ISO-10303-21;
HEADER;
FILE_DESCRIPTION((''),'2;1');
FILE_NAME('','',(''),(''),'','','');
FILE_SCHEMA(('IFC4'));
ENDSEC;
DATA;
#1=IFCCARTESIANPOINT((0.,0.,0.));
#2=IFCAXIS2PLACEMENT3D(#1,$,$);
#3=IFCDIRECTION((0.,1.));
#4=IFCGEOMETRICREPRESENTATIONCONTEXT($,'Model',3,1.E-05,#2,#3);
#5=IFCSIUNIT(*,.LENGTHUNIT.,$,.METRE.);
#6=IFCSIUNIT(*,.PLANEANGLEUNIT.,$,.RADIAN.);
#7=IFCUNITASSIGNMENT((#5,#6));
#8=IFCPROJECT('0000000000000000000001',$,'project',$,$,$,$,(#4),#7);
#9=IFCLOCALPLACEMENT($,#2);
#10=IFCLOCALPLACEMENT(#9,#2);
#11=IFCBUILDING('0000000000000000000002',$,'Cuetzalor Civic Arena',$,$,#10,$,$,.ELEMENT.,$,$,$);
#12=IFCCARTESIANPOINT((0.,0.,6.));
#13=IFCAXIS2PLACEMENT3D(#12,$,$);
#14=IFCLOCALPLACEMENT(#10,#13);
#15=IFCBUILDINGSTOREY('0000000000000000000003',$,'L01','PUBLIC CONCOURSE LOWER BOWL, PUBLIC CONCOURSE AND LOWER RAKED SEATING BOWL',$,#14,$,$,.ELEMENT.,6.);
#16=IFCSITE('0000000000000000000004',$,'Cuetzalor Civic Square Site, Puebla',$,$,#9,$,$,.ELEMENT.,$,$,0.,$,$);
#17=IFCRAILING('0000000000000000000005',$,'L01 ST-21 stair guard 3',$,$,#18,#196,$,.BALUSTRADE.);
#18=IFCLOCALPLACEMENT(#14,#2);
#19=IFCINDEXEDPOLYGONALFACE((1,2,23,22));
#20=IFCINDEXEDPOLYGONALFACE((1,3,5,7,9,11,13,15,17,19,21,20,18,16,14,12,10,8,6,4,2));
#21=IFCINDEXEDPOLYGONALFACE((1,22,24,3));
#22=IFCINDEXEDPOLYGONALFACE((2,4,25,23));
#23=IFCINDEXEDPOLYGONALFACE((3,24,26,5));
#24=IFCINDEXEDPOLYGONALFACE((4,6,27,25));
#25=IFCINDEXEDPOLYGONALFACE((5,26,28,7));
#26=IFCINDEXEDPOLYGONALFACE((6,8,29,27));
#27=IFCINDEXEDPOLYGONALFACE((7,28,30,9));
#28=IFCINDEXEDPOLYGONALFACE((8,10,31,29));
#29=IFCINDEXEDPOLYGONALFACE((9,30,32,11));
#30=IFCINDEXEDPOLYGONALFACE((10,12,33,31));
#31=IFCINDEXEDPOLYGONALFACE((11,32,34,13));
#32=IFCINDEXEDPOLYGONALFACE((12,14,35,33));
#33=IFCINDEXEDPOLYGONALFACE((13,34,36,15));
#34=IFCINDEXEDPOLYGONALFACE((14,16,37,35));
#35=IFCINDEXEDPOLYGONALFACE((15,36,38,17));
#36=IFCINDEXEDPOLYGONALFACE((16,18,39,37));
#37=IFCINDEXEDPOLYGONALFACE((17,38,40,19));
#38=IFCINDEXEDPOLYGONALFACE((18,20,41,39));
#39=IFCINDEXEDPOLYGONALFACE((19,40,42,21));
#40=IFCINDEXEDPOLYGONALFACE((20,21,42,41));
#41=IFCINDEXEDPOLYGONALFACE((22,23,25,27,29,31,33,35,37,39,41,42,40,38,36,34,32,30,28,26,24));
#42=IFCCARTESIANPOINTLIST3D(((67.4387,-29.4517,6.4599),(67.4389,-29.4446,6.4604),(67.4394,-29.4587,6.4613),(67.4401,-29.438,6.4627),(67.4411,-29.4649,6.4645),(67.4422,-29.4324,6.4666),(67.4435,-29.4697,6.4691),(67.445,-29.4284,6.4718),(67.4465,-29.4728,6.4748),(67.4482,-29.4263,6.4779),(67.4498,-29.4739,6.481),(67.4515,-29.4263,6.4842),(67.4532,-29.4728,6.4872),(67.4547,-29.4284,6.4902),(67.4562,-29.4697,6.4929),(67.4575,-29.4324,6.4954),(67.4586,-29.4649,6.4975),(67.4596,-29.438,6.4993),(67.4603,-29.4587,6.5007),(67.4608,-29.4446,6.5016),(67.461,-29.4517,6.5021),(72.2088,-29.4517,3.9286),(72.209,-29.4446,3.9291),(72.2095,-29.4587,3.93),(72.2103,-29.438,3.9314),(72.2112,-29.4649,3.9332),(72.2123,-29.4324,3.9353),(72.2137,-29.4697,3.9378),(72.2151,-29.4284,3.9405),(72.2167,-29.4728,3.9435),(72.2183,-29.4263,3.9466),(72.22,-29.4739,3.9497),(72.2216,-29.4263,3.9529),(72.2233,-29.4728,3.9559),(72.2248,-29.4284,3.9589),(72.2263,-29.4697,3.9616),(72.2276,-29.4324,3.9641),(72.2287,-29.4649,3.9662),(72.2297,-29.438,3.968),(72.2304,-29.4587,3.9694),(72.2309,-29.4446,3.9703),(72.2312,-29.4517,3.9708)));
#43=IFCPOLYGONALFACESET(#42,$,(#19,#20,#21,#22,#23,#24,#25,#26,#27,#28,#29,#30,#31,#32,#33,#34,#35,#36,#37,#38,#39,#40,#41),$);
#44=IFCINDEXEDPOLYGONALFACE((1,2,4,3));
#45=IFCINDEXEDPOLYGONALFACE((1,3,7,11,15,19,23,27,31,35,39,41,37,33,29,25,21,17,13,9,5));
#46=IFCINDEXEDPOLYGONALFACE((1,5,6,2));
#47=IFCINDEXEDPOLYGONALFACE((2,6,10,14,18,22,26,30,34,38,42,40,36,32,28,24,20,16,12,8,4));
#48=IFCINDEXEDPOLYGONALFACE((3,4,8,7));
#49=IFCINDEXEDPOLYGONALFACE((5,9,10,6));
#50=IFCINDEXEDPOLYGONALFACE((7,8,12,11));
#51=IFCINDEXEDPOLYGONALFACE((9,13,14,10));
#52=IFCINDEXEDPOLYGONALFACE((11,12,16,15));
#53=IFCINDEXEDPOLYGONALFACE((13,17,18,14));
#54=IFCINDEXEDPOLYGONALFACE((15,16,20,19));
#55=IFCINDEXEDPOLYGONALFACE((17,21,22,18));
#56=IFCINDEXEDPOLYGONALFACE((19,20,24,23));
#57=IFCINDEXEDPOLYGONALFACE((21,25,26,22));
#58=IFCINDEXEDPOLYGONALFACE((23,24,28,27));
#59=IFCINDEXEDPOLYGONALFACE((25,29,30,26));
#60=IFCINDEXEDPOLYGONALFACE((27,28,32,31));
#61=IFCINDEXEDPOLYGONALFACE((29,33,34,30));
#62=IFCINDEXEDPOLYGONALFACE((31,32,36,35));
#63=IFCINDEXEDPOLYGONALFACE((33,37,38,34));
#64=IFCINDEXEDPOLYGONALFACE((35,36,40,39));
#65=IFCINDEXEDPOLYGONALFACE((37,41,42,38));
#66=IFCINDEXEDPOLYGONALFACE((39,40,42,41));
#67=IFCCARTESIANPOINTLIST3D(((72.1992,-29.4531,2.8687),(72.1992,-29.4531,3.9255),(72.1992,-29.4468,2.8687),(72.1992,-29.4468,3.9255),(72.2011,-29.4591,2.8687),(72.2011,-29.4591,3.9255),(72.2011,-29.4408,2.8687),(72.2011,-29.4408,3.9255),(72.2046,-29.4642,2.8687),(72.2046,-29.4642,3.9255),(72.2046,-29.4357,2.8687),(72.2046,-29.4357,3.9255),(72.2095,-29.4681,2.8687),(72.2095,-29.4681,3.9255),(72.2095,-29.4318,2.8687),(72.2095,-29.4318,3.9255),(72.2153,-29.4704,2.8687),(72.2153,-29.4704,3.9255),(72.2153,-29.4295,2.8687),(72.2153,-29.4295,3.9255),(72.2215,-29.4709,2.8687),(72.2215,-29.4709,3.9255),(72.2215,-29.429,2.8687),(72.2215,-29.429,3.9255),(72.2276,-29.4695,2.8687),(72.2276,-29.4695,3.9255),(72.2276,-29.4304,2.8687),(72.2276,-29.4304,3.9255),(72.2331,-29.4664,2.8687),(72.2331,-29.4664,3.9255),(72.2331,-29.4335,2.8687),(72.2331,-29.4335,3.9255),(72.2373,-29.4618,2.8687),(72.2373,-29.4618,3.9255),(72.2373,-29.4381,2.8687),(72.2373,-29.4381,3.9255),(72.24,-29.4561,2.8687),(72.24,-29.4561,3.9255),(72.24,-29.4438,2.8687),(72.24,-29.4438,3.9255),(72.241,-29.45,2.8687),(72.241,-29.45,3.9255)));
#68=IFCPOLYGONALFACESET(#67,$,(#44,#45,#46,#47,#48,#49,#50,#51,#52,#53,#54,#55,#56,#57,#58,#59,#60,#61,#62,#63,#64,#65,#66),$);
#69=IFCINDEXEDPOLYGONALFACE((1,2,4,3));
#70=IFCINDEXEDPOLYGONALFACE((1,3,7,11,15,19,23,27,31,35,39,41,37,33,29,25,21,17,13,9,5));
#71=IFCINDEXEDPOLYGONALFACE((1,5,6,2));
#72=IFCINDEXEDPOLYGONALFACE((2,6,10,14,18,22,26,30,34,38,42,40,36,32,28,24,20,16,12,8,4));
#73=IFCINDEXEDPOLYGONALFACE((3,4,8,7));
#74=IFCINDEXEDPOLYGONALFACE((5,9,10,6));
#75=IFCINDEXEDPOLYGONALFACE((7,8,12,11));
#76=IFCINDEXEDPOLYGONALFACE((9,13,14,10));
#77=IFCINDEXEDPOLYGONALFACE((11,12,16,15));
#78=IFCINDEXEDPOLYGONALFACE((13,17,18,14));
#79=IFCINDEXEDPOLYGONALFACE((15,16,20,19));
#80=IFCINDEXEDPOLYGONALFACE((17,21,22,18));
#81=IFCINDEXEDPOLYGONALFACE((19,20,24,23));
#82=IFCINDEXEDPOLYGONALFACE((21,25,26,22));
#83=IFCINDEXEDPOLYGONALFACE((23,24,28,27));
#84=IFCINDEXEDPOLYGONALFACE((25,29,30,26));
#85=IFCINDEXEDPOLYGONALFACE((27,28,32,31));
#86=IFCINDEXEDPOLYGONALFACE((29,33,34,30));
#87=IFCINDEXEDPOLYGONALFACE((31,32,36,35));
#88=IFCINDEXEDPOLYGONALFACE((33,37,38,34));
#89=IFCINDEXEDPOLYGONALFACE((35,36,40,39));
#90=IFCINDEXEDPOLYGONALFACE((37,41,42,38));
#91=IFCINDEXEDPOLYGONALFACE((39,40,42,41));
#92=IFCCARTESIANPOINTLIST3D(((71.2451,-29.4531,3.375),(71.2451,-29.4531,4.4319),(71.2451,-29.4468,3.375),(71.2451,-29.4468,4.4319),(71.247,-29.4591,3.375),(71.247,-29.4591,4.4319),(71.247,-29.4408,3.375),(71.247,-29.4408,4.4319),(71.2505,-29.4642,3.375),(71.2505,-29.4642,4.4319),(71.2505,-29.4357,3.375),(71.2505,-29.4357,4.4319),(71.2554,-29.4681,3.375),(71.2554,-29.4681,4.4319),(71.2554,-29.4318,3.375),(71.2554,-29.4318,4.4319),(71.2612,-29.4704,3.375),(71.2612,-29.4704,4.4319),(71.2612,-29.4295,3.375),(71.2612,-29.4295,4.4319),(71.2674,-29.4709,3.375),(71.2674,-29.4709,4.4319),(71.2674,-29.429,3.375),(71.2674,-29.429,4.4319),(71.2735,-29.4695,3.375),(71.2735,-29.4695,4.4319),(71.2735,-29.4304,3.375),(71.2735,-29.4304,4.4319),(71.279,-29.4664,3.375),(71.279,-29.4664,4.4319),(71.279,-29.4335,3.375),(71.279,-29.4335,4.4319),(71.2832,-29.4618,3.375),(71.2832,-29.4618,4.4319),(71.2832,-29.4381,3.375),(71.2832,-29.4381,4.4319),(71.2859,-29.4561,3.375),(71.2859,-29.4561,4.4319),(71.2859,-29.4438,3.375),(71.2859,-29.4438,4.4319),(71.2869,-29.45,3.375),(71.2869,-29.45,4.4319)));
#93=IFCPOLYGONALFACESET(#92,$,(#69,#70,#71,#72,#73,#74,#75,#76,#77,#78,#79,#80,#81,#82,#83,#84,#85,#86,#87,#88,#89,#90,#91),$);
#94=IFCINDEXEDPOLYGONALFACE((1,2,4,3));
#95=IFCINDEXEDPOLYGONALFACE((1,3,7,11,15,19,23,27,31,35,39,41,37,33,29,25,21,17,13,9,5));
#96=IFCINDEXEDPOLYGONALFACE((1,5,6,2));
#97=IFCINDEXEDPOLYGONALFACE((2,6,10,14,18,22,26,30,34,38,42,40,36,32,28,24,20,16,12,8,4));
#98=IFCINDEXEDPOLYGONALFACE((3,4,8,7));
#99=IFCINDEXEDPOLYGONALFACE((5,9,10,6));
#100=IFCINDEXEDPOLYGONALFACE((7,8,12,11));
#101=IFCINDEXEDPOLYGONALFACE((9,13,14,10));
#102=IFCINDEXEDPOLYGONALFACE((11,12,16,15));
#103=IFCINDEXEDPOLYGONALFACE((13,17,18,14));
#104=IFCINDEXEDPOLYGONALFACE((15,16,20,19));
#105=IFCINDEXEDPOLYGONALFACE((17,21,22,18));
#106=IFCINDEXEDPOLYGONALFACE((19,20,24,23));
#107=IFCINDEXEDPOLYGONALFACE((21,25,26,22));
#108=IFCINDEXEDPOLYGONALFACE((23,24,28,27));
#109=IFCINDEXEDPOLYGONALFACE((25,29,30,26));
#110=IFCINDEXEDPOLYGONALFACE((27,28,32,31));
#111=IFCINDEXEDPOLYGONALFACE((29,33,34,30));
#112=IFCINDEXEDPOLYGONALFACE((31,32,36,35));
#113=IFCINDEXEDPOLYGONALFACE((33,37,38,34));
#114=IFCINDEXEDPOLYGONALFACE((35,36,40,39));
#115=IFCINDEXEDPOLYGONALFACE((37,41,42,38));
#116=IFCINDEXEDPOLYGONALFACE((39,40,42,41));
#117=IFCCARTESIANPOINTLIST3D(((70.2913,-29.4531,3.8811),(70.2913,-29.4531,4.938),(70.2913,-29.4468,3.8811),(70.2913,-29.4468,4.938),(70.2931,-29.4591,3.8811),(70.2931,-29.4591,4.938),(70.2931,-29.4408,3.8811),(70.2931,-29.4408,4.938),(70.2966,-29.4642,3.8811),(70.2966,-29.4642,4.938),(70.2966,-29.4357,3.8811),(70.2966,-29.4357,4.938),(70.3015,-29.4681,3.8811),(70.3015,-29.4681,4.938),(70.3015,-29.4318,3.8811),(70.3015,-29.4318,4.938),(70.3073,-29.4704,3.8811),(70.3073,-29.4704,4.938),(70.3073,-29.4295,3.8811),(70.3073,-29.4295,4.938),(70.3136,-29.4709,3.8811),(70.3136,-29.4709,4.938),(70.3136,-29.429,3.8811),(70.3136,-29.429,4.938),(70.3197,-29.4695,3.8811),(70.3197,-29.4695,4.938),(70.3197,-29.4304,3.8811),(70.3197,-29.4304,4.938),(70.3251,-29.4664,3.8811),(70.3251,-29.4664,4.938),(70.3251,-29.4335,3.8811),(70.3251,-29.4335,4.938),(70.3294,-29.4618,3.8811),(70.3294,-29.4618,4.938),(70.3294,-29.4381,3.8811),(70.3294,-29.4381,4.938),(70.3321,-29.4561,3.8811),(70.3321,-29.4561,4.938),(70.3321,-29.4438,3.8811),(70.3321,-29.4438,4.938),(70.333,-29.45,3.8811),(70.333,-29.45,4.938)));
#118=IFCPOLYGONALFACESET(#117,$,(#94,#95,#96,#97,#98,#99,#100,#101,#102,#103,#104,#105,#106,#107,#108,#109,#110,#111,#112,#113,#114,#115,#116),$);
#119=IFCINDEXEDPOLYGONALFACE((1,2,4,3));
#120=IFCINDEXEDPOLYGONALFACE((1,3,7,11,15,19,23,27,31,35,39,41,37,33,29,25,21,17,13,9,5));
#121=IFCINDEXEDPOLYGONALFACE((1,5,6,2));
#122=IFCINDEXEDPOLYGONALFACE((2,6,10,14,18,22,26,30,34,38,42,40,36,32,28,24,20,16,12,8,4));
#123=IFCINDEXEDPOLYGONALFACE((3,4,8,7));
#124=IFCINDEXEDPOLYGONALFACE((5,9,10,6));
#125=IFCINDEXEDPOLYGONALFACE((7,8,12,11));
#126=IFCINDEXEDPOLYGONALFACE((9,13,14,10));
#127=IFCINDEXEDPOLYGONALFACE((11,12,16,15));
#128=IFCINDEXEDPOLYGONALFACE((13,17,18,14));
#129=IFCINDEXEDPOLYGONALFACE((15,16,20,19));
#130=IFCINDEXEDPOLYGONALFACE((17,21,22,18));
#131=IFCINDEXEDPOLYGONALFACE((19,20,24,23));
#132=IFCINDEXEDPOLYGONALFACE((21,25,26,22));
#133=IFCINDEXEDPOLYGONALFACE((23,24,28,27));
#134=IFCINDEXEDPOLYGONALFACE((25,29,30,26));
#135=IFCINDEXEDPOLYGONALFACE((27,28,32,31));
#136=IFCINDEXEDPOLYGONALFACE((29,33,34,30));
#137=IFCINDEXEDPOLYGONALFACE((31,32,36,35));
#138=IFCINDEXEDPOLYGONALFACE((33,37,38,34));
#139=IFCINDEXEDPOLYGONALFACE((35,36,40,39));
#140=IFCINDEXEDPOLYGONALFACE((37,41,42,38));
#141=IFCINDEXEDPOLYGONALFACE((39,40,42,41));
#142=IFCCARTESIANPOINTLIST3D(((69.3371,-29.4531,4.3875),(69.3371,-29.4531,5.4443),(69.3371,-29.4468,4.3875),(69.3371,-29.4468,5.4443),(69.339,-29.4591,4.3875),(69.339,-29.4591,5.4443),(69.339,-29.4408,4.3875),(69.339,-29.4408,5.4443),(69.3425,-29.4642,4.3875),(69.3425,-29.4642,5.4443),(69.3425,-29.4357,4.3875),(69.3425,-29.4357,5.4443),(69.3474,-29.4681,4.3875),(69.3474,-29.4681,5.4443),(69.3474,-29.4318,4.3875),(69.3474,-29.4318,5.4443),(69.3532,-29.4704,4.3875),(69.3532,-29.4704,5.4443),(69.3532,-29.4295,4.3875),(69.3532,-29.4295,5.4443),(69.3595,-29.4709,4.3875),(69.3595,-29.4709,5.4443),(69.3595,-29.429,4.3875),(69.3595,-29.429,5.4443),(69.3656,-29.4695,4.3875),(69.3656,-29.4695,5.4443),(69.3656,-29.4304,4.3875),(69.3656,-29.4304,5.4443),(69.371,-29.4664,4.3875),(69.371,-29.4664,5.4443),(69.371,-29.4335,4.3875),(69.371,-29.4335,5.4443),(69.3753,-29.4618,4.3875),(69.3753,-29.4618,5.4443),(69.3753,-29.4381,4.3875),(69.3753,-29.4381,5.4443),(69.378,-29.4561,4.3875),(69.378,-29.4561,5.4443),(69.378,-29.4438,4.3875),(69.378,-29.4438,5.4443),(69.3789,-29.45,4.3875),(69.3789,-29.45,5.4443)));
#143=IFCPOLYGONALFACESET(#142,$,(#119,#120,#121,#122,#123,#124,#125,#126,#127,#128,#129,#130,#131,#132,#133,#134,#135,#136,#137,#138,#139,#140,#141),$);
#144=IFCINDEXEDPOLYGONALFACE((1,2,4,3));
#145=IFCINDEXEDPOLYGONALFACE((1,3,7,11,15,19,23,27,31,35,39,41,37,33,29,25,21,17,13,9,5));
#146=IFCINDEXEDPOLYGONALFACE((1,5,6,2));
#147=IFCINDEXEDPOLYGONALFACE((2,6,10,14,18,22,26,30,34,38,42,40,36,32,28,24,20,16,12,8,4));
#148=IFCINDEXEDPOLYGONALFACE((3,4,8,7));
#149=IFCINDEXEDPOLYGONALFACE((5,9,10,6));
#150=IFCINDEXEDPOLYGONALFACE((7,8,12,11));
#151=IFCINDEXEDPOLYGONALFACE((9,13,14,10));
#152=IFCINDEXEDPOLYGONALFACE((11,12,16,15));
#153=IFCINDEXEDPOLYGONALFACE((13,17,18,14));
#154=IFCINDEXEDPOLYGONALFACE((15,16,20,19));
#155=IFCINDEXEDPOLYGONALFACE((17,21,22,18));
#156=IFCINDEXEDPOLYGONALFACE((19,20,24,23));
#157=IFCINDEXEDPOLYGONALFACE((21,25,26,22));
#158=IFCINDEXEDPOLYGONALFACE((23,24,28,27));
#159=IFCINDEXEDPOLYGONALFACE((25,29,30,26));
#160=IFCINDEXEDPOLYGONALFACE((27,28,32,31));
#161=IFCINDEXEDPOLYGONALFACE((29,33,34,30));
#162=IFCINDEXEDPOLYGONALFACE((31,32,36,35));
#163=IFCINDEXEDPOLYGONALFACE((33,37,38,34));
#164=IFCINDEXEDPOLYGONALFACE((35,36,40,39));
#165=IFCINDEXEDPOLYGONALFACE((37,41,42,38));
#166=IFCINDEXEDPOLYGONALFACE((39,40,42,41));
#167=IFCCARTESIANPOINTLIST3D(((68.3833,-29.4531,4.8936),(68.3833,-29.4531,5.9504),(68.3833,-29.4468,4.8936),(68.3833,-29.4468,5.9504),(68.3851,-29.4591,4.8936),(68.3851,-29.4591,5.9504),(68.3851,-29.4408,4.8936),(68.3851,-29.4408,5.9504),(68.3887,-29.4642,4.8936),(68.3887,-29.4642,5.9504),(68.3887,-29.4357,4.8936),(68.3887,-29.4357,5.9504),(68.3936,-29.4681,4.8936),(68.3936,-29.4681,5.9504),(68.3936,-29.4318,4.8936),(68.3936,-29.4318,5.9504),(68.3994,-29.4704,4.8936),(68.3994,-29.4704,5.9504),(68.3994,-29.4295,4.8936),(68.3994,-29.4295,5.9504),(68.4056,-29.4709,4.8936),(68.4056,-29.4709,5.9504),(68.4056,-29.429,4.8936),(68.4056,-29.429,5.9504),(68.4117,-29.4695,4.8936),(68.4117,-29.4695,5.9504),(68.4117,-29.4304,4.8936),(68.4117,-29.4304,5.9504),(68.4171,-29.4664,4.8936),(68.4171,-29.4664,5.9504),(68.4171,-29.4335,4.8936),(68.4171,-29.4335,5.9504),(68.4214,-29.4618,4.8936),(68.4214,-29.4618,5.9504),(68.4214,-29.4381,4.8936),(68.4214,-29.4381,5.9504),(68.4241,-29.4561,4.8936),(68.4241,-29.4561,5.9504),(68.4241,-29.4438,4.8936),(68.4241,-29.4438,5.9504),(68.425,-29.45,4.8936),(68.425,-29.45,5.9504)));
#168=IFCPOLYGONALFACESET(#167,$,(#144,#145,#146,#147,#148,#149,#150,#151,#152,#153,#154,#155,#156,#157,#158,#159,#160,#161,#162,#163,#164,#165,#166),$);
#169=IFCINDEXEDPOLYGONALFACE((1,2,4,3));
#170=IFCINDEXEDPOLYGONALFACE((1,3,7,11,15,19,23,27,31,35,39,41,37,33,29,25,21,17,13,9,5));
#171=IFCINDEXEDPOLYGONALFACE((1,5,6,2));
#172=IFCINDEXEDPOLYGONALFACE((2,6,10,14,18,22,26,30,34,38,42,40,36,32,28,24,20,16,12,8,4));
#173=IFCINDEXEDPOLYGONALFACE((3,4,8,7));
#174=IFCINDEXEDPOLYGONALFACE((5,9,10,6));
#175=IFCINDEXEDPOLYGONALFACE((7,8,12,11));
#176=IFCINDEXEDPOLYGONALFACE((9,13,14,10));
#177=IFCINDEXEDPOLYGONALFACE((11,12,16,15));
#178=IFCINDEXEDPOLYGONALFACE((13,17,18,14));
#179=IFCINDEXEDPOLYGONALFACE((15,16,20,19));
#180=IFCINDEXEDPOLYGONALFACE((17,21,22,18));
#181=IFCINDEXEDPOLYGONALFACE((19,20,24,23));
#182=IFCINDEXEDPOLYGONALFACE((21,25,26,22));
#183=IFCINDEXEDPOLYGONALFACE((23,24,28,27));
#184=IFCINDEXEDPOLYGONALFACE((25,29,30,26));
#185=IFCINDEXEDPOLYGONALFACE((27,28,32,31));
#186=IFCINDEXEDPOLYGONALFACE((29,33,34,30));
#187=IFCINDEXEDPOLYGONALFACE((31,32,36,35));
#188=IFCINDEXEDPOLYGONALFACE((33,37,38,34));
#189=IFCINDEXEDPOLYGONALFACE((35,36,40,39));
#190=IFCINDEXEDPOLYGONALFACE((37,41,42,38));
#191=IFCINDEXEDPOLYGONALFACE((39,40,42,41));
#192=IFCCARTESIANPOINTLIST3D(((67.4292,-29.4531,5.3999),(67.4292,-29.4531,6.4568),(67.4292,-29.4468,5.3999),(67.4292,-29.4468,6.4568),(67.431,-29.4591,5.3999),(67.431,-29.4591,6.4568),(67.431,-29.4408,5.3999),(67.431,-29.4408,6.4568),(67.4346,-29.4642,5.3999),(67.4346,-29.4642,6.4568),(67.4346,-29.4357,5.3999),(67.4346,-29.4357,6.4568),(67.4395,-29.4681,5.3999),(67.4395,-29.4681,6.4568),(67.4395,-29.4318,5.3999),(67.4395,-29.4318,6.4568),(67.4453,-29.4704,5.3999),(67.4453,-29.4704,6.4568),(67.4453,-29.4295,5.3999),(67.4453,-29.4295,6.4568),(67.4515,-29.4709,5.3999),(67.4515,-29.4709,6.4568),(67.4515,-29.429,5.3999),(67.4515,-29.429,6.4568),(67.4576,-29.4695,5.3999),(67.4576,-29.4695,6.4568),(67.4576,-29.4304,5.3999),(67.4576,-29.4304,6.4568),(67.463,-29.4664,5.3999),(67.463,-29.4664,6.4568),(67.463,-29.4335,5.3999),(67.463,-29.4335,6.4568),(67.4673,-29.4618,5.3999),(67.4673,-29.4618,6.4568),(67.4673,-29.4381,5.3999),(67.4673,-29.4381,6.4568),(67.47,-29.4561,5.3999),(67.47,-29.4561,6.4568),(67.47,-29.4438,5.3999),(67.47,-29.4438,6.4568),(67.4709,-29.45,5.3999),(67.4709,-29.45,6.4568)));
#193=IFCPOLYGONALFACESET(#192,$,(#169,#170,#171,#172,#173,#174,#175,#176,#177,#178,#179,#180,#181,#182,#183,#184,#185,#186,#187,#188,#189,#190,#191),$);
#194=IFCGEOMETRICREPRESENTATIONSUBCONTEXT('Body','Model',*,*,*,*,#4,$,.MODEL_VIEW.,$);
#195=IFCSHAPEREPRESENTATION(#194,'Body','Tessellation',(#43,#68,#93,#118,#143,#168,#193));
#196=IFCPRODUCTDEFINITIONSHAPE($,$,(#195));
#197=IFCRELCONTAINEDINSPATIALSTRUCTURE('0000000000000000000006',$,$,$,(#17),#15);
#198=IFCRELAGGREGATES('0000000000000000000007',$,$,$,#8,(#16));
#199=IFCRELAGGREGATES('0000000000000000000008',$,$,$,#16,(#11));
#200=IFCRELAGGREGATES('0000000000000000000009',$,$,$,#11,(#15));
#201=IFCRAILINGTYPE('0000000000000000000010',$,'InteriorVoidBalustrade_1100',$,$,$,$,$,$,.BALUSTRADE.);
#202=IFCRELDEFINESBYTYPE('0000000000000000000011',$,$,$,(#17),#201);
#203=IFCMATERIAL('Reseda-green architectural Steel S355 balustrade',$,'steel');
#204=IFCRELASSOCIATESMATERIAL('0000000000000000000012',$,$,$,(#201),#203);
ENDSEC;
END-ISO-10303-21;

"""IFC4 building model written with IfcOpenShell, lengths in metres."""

from ifc_helpers import new_model, si_unit, direction, frame, origin, origin_2d, place, context, subcontext, project, spatial, circle, extrude, material, type_object, element, save


model = new_model("IFC4")

# Units and contexts
model_context = context("Model", 3, precision=1e-05, world=origin(), true_north=direction((0.0, 1.0)))
body_context = subcontext(model_context, "Body", "Model", "MODEL_VIEW")
ifc_project = project(units=[si_unit("LENGTHUNIT", "METRE"), si_unit("PLANEANGLEUNIT", "RADIAN")], contexts=[model_context])

# Site, building, storey
site_placement = place(None, origin())
site = spatial("IfcSite", under=ifc_project, at=site_placement, Name="Cuetzalor Civic Square Site, Puebla", CompositionType="ELEMENT", RefElevation=0.0)
building_placement = place(site_placement, origin())
building = spatial("IfcBuilding", under=site, at=building_placement, Name="Cuetzalor Civic Arena", CompositionType="ELEMENT")
storey_placement = place(building_placement, frame((0.0, 0.0, 6.0)))
storey = spatial("IfcBuildingStorey", under=building, at=storey_placement, Name="L01", Description="PUBLIC CONCOURSE LOWER BOWL, PUBLIC CONCOURSE AND LOWER RAKED SEATING BOWL", CompositionType="ELEMENT", Elevation=6.0)

# Railing
ifc_material_1 = material(Name="Reseda-green architectural Steel S355 balustrade", Category="steel")
railing_type_1 = type_object("IfcRailingType", Name="InteriorVoidBalustrade_1100", PredefinedType="BALUSTRADE", material=ifc_material_1)
railing_1_placement = place(storey_placement, frame((72.22, -29.45, 2.8687)))
element("IfcRailing", 1, at=railing_1_placement, inside=storey, type_object=railing_type_1, Name="L01 ST-21 stair guard 3", PredefinedType="BALUSTRADE", context=body_context, shape_type="SweptSolid", body=[
    extrude(circle(Radius=0.0239, at=origin_2d()), frame((0.0, 0.0, 1.0811), z_axis=(-0.883332, 0.0, 0.468747), x_axis=(0.0, -1.0, 0.0)), (0.0, 0.0, 1.0), 5.4001),
    extrude(circle(Radius=0.021, at=origin_2d()), origin(), (0.0, 0.0, 1.0), 1.0569),
    extrude(circle(Radius=0.021, at=origin_2d()), frame((-0.9541, 0.0, 0.5063)), (0.0, 0.0, 1.0), 1.0569),
    extrude(circle(Radius=0.021, at=origin_2d()), frame((-1.908, 0.0, 1.0125)), (0.0, 0.0, 1.0), 1.0569),
    extrude(circle(Radius=0.021, at=origin_2d()), frame((-2.8621, 0.0, 1.5188)), (0.0, 0.0, 1.0), 1.0569),
    extrude(circle(Radius=0.021, at=origin_2d()), frame((-3.8159, 0.0, 2.0249)), (0.0, 0.0, 1.0), 1.0569),
    extrude(circle(Radius=0.021, at=origin_2d()), frame((-4.77, 0.0, 2.5312)), (0.0, 0.0, 1.0), 1.0569),
])

save(model, "model.ifc")
